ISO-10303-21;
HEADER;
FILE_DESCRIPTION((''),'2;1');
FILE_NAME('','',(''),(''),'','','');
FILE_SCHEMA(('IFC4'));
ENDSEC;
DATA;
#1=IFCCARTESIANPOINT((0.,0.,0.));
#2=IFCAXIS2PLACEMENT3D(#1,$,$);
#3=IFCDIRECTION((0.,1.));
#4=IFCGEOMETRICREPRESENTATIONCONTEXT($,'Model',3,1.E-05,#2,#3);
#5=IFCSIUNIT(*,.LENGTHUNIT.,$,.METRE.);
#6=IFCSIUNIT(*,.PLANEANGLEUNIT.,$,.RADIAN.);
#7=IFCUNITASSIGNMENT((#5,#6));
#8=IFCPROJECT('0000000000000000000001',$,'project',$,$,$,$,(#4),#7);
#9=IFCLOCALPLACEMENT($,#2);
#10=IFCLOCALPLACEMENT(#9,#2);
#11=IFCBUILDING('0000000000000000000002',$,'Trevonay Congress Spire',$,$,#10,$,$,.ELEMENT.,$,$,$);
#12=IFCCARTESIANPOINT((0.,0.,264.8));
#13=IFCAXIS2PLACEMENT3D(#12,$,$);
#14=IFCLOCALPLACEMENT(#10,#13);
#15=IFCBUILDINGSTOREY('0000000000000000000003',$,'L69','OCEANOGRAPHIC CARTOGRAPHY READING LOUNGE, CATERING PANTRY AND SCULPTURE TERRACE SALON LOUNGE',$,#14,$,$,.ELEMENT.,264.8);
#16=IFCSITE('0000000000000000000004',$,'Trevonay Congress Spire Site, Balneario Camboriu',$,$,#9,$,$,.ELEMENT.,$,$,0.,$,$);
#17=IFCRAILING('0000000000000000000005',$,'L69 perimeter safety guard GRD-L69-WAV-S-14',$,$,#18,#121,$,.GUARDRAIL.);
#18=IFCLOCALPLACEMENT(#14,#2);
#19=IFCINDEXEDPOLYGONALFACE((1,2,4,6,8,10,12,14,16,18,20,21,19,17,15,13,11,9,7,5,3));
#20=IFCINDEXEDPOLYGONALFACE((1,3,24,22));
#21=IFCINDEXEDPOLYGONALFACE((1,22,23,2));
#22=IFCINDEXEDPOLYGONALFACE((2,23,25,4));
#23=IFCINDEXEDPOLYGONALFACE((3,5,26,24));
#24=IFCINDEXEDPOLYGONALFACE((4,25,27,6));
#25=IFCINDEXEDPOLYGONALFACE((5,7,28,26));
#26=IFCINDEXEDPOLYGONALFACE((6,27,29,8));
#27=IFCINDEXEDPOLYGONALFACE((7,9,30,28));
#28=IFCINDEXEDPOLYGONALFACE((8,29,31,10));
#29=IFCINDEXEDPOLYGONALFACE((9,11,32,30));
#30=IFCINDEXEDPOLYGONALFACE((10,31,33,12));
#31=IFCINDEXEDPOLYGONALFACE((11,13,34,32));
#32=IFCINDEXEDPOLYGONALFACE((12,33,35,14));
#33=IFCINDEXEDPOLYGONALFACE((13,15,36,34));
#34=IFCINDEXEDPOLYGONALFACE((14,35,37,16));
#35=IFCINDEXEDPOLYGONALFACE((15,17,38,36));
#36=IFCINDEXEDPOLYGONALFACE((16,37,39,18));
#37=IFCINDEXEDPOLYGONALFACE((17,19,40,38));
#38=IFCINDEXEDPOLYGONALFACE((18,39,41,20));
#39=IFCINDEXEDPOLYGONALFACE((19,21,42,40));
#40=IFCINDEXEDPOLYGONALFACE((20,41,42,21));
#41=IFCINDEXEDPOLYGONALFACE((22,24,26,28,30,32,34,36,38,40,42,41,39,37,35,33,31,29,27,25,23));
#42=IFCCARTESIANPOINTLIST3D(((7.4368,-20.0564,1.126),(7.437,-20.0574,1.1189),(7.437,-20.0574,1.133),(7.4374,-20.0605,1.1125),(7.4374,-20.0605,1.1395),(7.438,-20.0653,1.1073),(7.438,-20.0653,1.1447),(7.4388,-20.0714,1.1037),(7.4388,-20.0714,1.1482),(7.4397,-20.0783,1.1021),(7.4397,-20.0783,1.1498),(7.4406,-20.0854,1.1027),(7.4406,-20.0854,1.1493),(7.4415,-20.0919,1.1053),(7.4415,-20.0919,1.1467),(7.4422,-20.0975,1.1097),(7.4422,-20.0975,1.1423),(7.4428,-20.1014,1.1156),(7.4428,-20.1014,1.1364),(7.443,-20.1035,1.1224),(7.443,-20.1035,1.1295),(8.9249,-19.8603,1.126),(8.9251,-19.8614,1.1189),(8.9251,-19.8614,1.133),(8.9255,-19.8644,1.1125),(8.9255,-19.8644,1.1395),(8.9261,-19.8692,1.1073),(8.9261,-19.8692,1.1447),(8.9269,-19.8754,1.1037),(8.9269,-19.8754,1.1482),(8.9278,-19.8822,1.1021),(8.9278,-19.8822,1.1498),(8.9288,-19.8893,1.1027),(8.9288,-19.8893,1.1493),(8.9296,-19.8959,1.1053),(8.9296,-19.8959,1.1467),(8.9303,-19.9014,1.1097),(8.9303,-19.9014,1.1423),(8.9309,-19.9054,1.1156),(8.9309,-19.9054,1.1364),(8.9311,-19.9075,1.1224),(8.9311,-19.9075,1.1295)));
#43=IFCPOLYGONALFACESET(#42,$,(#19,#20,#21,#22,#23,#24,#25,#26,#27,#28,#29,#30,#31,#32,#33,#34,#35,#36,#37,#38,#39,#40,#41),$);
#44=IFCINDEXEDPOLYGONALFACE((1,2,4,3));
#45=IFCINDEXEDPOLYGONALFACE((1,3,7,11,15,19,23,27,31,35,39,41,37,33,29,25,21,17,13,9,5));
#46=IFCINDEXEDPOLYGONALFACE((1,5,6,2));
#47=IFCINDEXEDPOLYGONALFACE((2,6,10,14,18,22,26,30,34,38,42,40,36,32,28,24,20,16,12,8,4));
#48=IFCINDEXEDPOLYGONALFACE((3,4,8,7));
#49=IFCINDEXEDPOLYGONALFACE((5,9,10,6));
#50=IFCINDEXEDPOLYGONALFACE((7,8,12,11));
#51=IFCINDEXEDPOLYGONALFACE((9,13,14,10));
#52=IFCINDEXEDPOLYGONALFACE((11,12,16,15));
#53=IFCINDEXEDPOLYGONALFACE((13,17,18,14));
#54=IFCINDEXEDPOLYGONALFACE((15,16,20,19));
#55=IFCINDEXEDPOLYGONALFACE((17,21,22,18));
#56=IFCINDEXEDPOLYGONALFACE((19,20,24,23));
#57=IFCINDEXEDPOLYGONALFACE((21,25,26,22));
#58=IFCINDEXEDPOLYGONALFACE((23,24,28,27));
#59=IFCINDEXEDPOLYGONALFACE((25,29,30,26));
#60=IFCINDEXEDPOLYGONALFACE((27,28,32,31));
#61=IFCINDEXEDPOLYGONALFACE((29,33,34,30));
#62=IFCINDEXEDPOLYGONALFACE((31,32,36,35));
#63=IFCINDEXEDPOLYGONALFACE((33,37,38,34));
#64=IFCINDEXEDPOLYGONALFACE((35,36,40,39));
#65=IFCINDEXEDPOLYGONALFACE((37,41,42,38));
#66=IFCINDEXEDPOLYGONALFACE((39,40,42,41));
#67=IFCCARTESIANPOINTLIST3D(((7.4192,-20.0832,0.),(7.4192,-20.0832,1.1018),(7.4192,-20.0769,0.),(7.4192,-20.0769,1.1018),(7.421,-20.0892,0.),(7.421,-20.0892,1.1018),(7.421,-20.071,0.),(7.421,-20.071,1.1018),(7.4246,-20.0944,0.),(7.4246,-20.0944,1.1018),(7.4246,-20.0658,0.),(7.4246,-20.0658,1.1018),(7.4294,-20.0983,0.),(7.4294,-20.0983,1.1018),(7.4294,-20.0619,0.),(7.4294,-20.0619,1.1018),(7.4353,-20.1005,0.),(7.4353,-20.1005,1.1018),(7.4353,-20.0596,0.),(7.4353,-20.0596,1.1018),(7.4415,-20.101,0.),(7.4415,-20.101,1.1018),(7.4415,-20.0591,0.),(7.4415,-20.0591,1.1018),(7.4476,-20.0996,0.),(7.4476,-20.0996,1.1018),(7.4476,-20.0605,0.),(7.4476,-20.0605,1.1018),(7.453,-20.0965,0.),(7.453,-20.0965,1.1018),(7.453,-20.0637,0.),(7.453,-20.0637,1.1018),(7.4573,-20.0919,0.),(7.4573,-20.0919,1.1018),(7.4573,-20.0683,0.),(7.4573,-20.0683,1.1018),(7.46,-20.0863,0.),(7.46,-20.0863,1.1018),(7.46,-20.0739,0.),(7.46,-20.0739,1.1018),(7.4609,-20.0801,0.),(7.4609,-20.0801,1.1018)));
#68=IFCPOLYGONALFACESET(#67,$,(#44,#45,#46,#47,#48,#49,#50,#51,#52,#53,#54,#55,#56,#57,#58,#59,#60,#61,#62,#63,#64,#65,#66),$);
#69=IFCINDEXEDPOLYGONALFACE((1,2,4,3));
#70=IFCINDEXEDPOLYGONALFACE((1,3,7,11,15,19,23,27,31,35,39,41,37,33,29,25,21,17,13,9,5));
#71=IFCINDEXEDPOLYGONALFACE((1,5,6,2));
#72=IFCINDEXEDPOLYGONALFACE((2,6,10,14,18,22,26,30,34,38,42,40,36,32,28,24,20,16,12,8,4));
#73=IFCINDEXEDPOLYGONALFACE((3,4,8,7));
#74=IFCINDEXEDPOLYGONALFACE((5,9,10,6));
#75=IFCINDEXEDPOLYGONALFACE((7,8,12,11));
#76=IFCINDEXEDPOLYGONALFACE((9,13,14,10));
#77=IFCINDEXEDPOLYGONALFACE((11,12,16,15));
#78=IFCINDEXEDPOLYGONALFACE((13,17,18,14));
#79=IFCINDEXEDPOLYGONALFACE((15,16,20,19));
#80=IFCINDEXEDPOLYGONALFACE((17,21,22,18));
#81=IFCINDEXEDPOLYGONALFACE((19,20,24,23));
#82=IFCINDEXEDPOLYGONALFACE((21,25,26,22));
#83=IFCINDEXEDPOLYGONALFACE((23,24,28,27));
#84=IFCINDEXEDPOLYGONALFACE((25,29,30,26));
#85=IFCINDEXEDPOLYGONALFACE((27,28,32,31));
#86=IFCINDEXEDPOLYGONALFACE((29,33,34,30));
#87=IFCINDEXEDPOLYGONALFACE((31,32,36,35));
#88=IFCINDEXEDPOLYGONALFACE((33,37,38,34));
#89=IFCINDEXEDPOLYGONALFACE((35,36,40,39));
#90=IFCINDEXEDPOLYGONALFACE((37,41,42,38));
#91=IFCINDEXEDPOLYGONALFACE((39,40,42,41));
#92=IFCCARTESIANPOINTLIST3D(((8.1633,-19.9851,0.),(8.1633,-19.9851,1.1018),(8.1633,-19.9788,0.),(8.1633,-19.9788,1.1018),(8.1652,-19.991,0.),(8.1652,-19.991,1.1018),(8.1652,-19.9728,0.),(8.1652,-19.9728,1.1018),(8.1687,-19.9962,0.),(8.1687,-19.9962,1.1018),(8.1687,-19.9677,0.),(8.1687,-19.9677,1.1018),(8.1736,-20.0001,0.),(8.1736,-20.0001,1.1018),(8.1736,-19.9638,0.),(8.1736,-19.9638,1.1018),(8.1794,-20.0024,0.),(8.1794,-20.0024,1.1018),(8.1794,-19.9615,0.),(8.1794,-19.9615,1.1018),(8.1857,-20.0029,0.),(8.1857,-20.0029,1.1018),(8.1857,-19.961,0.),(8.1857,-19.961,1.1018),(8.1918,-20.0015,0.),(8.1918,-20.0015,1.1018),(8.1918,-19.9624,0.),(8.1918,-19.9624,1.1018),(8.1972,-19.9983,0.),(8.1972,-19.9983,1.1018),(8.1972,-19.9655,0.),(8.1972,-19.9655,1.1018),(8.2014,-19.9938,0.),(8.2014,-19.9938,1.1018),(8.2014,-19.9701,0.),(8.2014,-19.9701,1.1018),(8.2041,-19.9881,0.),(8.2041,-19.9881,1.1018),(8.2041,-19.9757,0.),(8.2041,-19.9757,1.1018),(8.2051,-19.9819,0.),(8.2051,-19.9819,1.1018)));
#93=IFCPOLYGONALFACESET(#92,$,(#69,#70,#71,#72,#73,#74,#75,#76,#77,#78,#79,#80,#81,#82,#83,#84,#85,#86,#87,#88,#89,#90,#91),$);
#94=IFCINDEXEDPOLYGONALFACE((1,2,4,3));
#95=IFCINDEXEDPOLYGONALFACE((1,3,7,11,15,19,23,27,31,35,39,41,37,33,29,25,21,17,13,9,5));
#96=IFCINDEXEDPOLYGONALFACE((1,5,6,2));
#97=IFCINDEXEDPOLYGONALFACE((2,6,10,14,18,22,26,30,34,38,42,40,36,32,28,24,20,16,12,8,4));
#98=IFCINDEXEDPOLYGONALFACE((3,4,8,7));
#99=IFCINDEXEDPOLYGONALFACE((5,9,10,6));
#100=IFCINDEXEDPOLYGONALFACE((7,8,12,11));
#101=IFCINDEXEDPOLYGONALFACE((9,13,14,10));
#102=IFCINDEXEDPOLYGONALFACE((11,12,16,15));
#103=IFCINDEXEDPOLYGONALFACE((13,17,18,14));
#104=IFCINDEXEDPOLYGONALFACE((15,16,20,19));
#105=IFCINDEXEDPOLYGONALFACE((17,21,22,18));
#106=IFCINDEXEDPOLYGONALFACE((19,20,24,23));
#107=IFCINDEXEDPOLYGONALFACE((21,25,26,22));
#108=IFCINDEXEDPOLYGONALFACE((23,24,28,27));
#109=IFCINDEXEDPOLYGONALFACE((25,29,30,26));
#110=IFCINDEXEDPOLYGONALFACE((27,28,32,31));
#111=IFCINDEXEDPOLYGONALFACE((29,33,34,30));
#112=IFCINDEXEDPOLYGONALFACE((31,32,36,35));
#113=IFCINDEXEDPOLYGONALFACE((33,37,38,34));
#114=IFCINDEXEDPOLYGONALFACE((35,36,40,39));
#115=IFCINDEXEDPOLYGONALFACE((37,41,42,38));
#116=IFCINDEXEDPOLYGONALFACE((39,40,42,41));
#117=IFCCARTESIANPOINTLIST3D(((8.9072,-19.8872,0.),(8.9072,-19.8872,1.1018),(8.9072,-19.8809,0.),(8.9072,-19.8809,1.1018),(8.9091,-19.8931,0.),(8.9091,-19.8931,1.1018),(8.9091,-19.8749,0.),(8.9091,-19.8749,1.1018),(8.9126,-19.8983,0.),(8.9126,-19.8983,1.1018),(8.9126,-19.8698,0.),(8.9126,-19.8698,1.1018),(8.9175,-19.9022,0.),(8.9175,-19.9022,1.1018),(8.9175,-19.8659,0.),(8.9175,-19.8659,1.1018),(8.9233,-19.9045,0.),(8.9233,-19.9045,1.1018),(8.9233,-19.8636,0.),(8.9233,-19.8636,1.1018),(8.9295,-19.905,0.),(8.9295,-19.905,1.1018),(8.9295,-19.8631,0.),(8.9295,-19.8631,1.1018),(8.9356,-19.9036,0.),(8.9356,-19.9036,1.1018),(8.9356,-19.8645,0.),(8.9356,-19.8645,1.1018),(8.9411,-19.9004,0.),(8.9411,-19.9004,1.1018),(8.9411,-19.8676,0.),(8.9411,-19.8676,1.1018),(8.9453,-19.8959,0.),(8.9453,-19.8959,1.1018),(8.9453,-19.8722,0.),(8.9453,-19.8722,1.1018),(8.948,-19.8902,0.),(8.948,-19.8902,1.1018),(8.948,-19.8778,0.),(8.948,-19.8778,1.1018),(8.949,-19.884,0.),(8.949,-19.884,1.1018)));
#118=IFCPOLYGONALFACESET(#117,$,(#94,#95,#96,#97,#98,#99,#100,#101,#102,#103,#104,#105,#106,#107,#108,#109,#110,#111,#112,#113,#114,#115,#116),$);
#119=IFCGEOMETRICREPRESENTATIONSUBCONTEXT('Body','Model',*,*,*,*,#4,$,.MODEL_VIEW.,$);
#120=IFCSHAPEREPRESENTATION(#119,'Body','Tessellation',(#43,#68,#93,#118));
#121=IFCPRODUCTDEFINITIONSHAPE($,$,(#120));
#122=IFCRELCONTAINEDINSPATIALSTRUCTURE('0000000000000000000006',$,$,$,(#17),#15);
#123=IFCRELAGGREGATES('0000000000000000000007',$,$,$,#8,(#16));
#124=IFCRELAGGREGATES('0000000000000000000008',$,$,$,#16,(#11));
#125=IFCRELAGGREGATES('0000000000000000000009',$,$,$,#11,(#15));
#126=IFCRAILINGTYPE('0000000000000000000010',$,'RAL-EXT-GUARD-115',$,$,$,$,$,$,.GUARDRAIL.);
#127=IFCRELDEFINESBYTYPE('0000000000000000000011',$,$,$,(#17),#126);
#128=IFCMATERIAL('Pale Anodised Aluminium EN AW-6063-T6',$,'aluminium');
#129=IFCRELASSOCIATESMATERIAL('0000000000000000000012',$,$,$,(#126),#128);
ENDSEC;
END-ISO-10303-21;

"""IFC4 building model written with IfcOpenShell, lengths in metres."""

from ifc_helpers import new_model, si_unit, direction, frame, origin, origin_2d, place, context, subcontext, project, spatial, circle, extrude, material, type_object, element, save


model = new_model("IFC4")

# Units and contexts
model_context = context("Model", 3, precision=1e-05, world=origin(), true_north=direction((0.0, 1.0)))
body_context = subcontext(model_context, "Body", "Model", "MODEL_VIEW")
ifc_project = project(units=[si_unit("LENGTHUNIT", "METRE"), si_unit("PLANEANGLEUNIT", "RADIAN")], contexts=[model_context])

# Site, building, storey
site_placement = place(None, origin())
site = spatial("IfcSite", under=ifc_project, at=site_placement, Name="Trevonay Congress Spire Site, Balneario Camboriu", CompositionType="ELEMENT", RefElevation=0.0)
building_placement = place(site_placement, origin())
building = spatial("IfcBuilding", under=site, at=building_placement, Name="Trevonay Congress Spire", CompositionType="ELEMENT")
storey_placement = place(building_placement, frame((0.0, 0.0, 264.8)))
storey = spatial("IfcBuildingStorey", under=building, at=storey_placement, Name="L69", Description="OCEANOGRAPHIC CARTOGRAPHY READING LOUNGE, CATERING PANTRY AND SCULPTURE TERRACE SALON LOUNGE", CompositionType="ELEMENT", Elevation=264.8)

# Shared definitions
ifc_material_1 = material(Name="Pale Anodised Aluminium EN AW-6063-T6", Category="aluminium")

# Railing
railing_type = type_object("IfcRailingType", Name="RAL-EXT-GUARD-115", PredefinedType="GUARDRAIL", material=ifc_material_1)
railing_1_placement = place(storey_placement, frame((7.4399, -20.0801, 0.0)))
element("IfcRailing", 1, at=railing_1_placement, inside=storey, type_object=railing_type, Name="L69 perimeter safety guard GRD-L69-WAV-S-14", PredefinedType="GUARDRAIL", context=body_context, shape_type="SweptSolid", body=[
    extrude(circle(Radius=0.0239, at=origin_2d()), frame((0.0, 0.0, 1.126), z_axis=(0.991433, 0.130619, 0.0), x_axis=(-0.130619, 0.991433, 0.0)), (0.0, 0.0, 1.0), 1.501),
    extrude(circle(Radius=0.021, at=origin_2d()), origin(), (0.0, 0.0, 1.0), 1.1018),
    extrude(circle(Radius=0.021, at=origin_2d()), frame((0.7441, 0.0981, 0.0)), (0.0, 0.0, 1.0), 1.1018),
    extrude(circle(Radius=0.021, at=origin_2d()), frame((1.488, 0.196, 0.0)), (0.0, 0.0, 1.0), 1.1018),
])

save(model, "model.ifc")
